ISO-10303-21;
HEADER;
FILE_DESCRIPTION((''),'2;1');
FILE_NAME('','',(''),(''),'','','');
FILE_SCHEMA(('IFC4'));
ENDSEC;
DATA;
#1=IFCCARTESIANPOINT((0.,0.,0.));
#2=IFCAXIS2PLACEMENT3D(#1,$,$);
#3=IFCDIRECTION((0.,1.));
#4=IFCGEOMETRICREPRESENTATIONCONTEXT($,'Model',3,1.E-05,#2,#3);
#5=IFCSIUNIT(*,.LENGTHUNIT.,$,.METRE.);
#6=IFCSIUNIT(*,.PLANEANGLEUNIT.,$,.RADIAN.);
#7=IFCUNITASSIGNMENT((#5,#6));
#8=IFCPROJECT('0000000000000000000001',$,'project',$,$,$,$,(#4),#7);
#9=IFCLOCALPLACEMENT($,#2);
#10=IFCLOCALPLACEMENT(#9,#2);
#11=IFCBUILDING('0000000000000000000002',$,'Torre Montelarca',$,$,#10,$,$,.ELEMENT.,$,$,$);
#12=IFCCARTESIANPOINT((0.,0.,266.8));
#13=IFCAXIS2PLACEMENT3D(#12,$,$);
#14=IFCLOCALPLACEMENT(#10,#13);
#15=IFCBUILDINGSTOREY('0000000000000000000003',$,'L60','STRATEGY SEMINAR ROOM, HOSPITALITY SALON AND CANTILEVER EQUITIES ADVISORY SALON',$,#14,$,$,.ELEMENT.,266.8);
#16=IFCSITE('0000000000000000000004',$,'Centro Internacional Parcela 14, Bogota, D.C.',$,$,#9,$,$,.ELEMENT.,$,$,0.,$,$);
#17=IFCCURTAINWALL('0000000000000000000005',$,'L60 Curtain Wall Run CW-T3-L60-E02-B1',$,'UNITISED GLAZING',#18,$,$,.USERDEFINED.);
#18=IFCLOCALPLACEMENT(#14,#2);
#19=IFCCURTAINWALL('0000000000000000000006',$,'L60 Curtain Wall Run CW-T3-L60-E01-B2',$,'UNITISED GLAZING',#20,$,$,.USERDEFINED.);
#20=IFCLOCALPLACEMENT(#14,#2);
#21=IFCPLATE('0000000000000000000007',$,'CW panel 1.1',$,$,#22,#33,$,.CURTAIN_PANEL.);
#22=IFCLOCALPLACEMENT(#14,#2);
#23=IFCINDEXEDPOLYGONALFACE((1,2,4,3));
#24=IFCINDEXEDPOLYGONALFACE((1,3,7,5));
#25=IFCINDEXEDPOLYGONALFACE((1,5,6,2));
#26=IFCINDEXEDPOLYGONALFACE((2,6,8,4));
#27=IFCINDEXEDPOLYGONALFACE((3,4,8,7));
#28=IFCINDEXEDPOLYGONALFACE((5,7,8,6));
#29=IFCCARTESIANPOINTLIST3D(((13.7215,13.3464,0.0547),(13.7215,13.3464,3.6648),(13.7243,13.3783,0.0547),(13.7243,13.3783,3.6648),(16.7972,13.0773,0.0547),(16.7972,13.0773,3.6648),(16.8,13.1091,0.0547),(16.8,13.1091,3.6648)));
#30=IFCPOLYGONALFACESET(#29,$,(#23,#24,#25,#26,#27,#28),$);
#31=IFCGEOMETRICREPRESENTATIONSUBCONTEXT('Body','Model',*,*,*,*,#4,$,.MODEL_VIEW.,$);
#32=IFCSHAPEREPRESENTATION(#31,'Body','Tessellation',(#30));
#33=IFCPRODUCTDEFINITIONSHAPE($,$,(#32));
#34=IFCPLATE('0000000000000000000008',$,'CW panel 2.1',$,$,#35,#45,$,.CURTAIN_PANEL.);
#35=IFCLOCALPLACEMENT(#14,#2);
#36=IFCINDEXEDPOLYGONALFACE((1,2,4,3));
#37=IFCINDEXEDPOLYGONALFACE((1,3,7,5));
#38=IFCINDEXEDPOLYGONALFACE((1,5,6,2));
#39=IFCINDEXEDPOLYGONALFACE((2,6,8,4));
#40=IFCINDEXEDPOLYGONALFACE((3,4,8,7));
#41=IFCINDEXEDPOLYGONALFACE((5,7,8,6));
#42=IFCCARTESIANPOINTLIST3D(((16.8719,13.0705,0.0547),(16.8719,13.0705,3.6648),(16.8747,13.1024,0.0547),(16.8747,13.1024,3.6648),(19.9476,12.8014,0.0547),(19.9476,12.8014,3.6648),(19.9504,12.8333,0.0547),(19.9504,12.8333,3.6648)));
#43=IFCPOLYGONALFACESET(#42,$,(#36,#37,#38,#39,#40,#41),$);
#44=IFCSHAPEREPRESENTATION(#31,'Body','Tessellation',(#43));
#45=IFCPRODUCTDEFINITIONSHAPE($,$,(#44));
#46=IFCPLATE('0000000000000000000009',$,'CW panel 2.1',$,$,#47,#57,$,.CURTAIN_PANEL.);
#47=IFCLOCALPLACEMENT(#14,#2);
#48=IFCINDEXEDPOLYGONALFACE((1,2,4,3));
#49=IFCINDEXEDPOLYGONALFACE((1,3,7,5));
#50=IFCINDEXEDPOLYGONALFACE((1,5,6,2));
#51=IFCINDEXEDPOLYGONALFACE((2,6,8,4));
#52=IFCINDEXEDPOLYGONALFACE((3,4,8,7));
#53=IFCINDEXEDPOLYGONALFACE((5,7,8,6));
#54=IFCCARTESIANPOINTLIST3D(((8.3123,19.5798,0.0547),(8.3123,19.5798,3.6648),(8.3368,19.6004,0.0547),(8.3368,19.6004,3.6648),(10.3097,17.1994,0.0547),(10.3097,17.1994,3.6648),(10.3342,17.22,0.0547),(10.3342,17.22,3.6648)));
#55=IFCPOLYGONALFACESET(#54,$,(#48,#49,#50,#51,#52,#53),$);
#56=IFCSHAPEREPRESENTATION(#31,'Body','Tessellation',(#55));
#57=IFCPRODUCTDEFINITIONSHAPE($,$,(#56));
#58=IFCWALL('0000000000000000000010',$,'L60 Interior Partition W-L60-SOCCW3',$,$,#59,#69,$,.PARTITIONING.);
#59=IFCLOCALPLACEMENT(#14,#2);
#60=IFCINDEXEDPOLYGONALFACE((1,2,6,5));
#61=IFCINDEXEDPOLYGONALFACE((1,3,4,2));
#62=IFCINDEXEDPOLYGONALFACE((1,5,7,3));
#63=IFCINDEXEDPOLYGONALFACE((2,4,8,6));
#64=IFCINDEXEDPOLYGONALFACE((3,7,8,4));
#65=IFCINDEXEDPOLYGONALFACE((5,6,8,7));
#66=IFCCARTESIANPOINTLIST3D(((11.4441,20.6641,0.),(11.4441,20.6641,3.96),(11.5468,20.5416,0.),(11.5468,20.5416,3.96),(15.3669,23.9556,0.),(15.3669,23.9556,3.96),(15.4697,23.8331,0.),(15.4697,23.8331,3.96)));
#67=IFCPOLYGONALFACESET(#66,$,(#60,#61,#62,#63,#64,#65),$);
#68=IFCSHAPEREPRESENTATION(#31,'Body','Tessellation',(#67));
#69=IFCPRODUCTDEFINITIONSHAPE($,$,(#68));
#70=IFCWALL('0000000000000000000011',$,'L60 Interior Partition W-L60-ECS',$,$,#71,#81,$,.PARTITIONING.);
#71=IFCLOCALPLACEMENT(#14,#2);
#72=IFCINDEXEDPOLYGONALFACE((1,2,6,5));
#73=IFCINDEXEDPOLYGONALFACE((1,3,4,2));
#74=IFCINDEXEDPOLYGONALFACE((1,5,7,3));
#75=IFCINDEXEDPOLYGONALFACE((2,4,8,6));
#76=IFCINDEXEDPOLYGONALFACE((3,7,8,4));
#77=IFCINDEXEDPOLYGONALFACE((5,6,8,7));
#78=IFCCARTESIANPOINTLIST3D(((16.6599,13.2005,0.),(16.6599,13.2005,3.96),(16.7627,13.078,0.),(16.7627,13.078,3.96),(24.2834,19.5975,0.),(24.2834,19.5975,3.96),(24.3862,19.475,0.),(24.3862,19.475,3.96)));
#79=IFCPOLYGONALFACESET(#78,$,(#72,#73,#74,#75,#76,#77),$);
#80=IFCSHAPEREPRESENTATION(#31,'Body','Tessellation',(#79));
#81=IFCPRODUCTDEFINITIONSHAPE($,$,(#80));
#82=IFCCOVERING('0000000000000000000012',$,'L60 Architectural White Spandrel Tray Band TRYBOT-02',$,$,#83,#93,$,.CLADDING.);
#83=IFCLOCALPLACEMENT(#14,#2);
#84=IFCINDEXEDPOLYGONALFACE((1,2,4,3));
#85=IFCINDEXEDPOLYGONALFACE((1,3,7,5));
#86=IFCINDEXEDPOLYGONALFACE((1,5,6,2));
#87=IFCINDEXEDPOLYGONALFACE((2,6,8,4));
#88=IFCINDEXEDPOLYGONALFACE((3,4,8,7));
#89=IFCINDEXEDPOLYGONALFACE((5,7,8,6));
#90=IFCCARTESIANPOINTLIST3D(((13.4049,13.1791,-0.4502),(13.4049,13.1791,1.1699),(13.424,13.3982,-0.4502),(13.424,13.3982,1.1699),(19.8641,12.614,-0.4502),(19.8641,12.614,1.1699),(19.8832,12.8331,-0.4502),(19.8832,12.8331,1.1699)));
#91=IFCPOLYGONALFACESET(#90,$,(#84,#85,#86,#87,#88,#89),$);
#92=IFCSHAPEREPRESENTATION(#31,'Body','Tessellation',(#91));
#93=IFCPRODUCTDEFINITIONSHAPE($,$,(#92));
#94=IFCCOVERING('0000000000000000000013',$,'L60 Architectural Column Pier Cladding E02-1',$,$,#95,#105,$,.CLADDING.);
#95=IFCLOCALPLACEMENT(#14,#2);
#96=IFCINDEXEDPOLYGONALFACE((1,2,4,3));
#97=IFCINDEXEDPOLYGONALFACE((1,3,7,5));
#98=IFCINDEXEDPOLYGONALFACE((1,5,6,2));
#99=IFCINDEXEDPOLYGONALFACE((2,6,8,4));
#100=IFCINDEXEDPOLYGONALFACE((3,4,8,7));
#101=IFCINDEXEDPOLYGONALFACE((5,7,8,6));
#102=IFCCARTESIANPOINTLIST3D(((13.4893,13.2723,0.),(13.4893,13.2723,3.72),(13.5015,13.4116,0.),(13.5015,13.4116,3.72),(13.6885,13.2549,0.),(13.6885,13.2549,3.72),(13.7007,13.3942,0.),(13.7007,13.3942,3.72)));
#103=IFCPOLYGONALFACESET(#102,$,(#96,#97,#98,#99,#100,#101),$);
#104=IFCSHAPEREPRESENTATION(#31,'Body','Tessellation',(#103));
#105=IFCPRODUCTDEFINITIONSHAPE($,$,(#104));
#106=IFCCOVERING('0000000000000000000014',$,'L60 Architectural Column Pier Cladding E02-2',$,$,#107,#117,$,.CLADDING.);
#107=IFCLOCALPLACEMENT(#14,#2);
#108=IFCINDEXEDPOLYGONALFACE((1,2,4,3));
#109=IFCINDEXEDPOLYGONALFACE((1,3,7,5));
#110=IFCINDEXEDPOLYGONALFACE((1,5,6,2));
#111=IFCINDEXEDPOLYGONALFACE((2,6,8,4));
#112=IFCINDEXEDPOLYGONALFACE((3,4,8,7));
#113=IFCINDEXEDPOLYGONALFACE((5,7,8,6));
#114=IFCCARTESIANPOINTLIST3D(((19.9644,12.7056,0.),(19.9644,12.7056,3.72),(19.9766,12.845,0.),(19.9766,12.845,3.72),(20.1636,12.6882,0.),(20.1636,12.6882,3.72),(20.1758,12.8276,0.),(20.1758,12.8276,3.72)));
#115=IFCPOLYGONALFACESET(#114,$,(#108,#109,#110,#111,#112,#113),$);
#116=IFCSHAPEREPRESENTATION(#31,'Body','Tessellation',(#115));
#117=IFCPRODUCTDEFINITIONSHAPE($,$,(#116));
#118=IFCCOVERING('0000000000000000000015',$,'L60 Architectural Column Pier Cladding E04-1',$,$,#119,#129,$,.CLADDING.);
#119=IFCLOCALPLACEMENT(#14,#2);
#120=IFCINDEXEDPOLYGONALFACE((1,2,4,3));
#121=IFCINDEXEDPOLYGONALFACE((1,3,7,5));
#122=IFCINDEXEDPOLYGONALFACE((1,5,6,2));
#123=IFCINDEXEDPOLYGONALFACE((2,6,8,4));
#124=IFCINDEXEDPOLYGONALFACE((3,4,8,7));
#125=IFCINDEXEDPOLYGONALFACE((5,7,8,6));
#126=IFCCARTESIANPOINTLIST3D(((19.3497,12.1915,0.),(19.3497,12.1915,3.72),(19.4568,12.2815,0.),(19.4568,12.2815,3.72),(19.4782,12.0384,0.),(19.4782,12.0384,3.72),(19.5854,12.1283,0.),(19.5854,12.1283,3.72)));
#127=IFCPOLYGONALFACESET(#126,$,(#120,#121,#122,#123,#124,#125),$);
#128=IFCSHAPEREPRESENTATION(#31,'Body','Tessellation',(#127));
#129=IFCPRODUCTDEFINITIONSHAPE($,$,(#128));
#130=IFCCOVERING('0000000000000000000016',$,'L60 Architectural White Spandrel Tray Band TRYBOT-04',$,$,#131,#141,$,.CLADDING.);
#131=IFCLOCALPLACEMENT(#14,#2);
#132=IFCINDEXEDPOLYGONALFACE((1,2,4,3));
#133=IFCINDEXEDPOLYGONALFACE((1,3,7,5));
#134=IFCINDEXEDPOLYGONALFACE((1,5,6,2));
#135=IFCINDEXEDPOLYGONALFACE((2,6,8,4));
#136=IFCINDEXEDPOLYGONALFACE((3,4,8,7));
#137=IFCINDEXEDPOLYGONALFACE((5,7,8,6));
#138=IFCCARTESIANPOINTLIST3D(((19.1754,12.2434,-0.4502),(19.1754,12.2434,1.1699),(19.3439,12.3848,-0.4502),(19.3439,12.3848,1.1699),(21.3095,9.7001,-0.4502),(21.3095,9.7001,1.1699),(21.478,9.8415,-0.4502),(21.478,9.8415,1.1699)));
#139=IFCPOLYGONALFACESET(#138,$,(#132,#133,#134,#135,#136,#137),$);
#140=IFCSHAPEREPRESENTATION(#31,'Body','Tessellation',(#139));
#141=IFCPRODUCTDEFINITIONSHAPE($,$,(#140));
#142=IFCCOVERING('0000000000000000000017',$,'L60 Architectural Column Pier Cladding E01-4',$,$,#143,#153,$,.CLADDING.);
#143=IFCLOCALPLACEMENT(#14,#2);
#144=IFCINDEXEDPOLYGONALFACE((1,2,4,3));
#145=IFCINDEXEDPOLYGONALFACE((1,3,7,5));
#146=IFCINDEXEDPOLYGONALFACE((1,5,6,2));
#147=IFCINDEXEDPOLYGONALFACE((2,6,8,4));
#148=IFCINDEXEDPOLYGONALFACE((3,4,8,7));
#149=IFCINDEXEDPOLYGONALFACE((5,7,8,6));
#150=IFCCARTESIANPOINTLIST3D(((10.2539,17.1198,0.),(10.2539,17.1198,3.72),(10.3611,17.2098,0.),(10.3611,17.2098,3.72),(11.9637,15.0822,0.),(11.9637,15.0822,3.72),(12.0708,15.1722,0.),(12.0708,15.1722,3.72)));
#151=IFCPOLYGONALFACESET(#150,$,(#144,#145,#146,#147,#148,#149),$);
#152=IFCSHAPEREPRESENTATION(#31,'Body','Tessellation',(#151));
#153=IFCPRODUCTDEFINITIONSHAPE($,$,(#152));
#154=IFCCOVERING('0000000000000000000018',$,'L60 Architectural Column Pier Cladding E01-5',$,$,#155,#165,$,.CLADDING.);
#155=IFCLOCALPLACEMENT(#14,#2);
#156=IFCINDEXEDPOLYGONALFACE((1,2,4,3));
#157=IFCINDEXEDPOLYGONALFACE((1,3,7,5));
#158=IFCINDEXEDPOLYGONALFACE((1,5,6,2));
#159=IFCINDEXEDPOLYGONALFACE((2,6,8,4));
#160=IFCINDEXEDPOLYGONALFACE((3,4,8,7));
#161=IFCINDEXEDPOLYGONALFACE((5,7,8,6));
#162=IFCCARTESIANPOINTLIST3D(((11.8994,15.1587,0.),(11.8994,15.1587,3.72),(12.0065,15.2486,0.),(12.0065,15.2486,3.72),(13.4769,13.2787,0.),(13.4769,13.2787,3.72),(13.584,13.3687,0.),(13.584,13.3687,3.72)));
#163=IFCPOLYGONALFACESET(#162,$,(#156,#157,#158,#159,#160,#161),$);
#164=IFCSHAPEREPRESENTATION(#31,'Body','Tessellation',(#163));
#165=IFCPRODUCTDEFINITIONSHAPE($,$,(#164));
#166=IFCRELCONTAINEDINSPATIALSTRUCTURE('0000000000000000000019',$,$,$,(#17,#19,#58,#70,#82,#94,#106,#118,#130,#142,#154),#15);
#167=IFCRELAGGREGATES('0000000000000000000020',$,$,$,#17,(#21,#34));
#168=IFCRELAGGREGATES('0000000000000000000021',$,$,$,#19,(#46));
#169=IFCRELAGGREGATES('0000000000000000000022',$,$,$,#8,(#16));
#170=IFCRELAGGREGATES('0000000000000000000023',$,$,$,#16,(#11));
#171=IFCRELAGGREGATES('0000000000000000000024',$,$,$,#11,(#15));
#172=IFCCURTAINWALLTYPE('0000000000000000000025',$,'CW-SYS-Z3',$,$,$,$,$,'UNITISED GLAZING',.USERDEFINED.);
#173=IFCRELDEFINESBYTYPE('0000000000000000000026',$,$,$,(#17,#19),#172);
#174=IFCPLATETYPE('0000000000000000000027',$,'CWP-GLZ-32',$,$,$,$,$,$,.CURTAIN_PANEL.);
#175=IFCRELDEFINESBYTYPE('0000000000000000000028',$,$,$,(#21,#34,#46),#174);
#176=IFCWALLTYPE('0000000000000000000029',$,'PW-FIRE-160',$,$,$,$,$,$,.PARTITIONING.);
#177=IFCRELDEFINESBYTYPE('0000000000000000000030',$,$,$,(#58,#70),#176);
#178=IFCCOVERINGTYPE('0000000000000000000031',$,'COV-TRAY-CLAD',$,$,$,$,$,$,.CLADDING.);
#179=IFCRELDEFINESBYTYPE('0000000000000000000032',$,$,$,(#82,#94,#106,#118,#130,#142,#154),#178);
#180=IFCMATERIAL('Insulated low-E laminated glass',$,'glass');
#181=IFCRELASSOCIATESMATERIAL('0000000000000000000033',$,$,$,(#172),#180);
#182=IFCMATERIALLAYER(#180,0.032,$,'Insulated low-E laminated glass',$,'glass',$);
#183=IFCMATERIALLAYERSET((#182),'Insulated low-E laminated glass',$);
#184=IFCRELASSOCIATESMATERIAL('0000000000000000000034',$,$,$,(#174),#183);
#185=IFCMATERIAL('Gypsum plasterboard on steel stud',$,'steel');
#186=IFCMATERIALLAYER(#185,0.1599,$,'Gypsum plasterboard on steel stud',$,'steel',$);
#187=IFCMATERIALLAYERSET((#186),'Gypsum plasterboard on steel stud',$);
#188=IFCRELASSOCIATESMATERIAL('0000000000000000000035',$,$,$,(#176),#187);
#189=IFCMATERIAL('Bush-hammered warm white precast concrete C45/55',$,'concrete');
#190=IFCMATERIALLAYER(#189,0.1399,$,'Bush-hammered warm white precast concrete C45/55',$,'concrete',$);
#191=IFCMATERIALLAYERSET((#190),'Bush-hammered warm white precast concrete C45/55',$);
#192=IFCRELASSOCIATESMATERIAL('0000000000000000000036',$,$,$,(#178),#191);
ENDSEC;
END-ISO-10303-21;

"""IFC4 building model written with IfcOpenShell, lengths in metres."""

from ifc_helpers import new_model, si_unit, direction, frame, frame_2d, origin, origin_2d, place, context, subcontext, project, spatial, rectangle, extrude, source, transform, mapped, material, layer, layer_set, type_object, element, aggregate, save


model = new_model("IFC4")

# Units and contexts
model_context = context("Model", 3, precision=1e-05, world=origin(), true_north=direction((0.0, 1.0)))
body_context = subcontext(model_context, "Body", "Model", "MODEL_VIEW")
ifc_project = project(units=[si_unit("LENGTHUNIT", "METRE"), si_unit("PLANEANGLEUNIT", "RADIAN")], contexts=[model_context])

# Site, building, storey
site_placement = place(None, origin())
site = spatial("IfcSite", under=ifc_project, at=site_placement, Name="Centro Internacional Parcela 14, Bogota, D.C.", CompositionType="ELEMENT", RefElevation=0.0)
building_placement = place(site_placement, origin())
building = spatial("IfcBuilding", under=site, at=building_placement, Name="Torre Montelarca", CompositionType="ELEMENT")
storey_placement = place(building_placement, frame((0.0, 0.0, 266.8)))
storey = spatial("IfcBuildingStorey", under=building, at=storey_placement, Name="L60", Description="STRATEGY SEMINAR ROOM, HOSPITALITY SALON AND CANTILEVER EQUITIES ADVISORY SALON", CompositionType="ELEMENT", Elevation=266.8)

# Curtain walls
ifc_material_1 = material(Name="Insulated low-E laminated glass", Category="glass")
curtain_wall_type = type_object("IfcCurtainWallType", Name="CW-SYS-Z3", ElementType="UNITISED GLAZING", PredefinedType="USERDEFINED", material=ifc_material_1)
curtain_wall_1_placement = place(storey_placement, origin())
curtain_wall_1 = element("IfcCurtainWall", 1, at=curtain_wall_1_placement, inside=storey, type_object=curtain_wall_type, Name="L60 Curtain Wall Run CW-T3-L60-E02-B1", ObjectType="UNITISED GLAZING", PredefinedType="USERDEFINED")
curtain_wall_2_placement = place(storey_placement, origin())
curtain_wall_2 = element("IfcCurtainWall", 2, at=curtain_wall_2_placement, inside=storey, type_object=curtain_wall_type, Name="L60 Curtain Wall Run CW-T3-L60-E01-B2", ObjectType="UNITISED GLAZING", PredefinedType="USERDEFINED")

# Plates
ifc_layer_1 = layer(ifc_material_1, 0.032, Name="Insulated low-E laminated glass", Category="glass")
ifc_layer_set_1 = layer_set([ifc_layer_1], Name="Insulated low-E laminated glass")
plate_type = type_object("IfcPlateType", Name="CWP-GLZ-32", PredefinedType="CURTAIN_PANEL", material=ifc_layer_set_1)
shared_shape_1 = source(origin(), body_context, "Body", "SweptSolid", [
    extrude(rectangle(XDim=3.0874, YDim=0.032, at=origin_2d()), origin(), (0.0, 0.0, 1.0), 3.6101),
])
plate_1_placement = place(storey_placement, frame((15.2607, 13.2278, 0.0547), z_axis=(0.0, 0.0, 1.0), x_axis=(0.996193, -0.087174, 0.0)))
plate_1 = element("IfcPlate", 3, at=plate_1_placement, type_object=plate_type, Name="CW panel 1.1", PredefinedType="CURTAIN_PANEL", context=body_context, shape_type="MappedRepresentation", body=[
    mapped(shared_shape_1, transform((0.0, 0.0, 0.0), scale=1.0)),
])
plate_2_placement = place(storey_placement, frame((18.4111, 12.9519, 0.0547), z_axis=(0.0, 0.0, 1.0), x_axis=(0.996193, -0.087174, 0.0)))
plate_2 = element("IfcPlate", 4, at=plate_2_placement, type_object=plate_type, Name="CW panel 2.1", PredefinedType="CURTAIN_PANEL", context=body_context, shape_type="MappedRepresentation", body=[
    mapped(shared_shape_1, transform((0.0, 0.0, 0.0), scale=1.0)),
])
aggregate(curtain_wall_1, [plate_1, plate_2])
shared_shape_2 = source(origin(), body_context, "Body", "SweptSolid", [
    extrude(rectangle(XDim=3.1074, YDim=0.032, at=origin_2d()), origin(), (0.0, 0.0, 1.0), 3.6101),
])
plate_3_placement = place(storey_placement, frame((9.3232, 18.3999, 0.0547), z_axis=(0.0, 0.0, 1.0), x_axis=(0.642794, -0.766039, 0.0)))
plate_3 = element("IfcPlate", 5, at=plate_3_placement, type_object=plate_type, Name="CW panel 2.1", PredefinedType="CURTAIN_PANEL", context=body_context, shape_type="MappedRepresentation", body=[
    mapped(shared_shape_2, transform((0.0, 0.0, 0.0), scale=1.0)),
])
aggregate(curtain_wall_2, [plate_3])

# Walls
ifc_material_2 = material(Name="Gypsum plasterboard on steel stud", Category="steel")
ifc_layer_2 = layer(ifc_material_2, 0.1599, Name="Gypsum plasterboard on steel stud", Category="steel")
ifc_layer_set_2 = layer_set([ifc_layer_2], Name="Gypsum plasterboard on steel stud")
wall_type = type_object("IfcWallType", Name="PW-FIRE-160", PredefinedType="PARTITIONING", material=ifc_layer_set_2)
wall_1_placement = place(storey_placement, frame((11.4954, 20.6028, 0.0), z_axis=(0.0, 0.0, 1.0), x_axis=(0.76606, 0.642769, 0.0)))
element("IfcWall", 6, at=wall_1_placement, inside=storey, type_object=wall_type, Name="L60 Interior Partition W-L60-SOCCW3", PredefinedType="PARTITIONING", context=body_context, shape_type="SweptSolid", body=[
    extrude(rectangle(XDim=5.1208, YDim=0.1599, at=frame_2d((2.5605, 0.0))), origin(), (0.0, 0.0, 1.0), 3.96),
])
wall_2_placement = place(storey_placement, frame((16.7112, 13.1392, 0.0), z_axis=(0.0, 0.0, 1.0), x_axis=(0.766041, 0.642792, 0.0)))
element("IfcWall", 7, at=wall_2_placement, inside=storey, type_object=wall_type, Name="L60 Interior Partition W-L60-ECS", PredefinedType="PARTITIONING", context=body_context, shape_type="SweptSolid", body=[
    extrude(rectangle(XDim=9.9519, YDim=0.1599, at=frame_2d((4.9761, 0.0))), origin(), (0.0, 0.0, 1.0), 3.96),
])

# Coverings
ifc_material_3 = material(Name="Bush-hammered warm white precast concrete C45/55", Category="concrete")
ifc_layer_3 = layer(ifc_material_3, 0.1399, Name="Bush-hammered warm white precast concrete C45/55", Category="concrete")
ifc_layer_set_3 = layer_set([ifc_layer_3], Name="Bush-hammered warm white precast concrete C45/55")
covering_type = type_object("IfcCoveringType", Name="COV-TRAY-CLAD", PredefinedType="CLADDING", material=ifc_layer_set_3)
shared_shape_3 = source(origin(), body_context, "Body", "SweptSolid", [
    extrude(rectangle(XDim=6.4839, YDim=0.22, at=origin_2d()), origin(), (0.0, 0.0, 1.0), 1.6201),
])
covering_1_placement = place(storey_placement, frame((16.644, 13.0061, -0.4502), z_axis=(0.0, 0.0, 1.0), x_axis=(0.996194, -0.087163, 0.0)))
element("IfcCovering", 8, at=covering_1_placement, inside=storey, type_object=covering_type, Name="L60 Architectural White Spandrel Tray Band TRYBOT-02", PredefinedType="CLADDING", context=body_context, shape_type="MappedRepresentation", body=[
    mapped(shared_shape_3, transform((0.0, 0.0, 0.0), scale=1.0)),
])
shared_shape_4 = source(origin(), body_context, "Body", "SweptSolid", [
    extrude(rectangle(XDim=0.2, YDim=0.1399, at=origin_2d()), origin(), (0.0, 0.0, 1.0), 3.72),
])
for number, where, z_axis, x_axis, name in (
    (9, (13.595, 13.3333, 0.0), (0.0, 0.0, 1.0), (0.996193, -0.08717, 0.0), "L60 Architectural Column Pier Cladding E02-1"),
    (10, (20.0701, 12.7666, 0.0), (0.0, 0.0, 1.0), (0.996193, -0.08717, 0.0), "L60 Architectural Column Pier Cladding E02-2"),
    (11, (19.4675, 12.1599, 0.0), (0.0, 0.0, 1.0), (0.642808, -0.766028, 0.0), "L60 Architectural Column Pier Cladding E04-1"),
):
    element("IfcCovering", number, at=place(storey_placement, frame(where, z_axis=z_axis, x_axis=x_axis)), inside=storey, type_object=covering_type, Name=name, PredefinedType="CLADDING", context=body_context, shape_type="MappedRepresentation", body=[
        mapped(shared_shape_4, transform((0.0, 0.0, 0.0), scale=1.0)),
    ])
shared_shape_5 = source(origin(), body_context, "Body", "SweptSolid", [
    extrude(rectangle(XDim=3.3201, YDim=0.22, at=origin_2d()), origin(), (0.0, 0.0, 1.0), 1.6201),
])
covering_2_placement = place(storey_placement, frame((20.3267, 11.0425, -0.4502), z_axis=(0.0, 0.0, 1.0), x_axis=(0.64279, -0.766042, 0.0)))
element("IfcCovering", 12, at=covering_2_placement, inside=storey, type_object=covering_type, Name="L60 Architectural White Spandrel Tray Band TRYBOT-04", PredefinedType="CLADDING", context=body_context, shape_type="MappedRepresentation", body=[
    mapped(shared_shape_5, transform((0.0, 0.0, 0.0), scale=1.0)),
])
shared_shape_6 = source(origin(), body_context, "Body", "SweptSolid", [
    extrude(rectangle(XDim=2.6599, YDim=0.1399, at=origin_2d()), origin(), (0.0, 0.0, 1.0), 3.72),
])
covering_3_placement = place(storey_placement, frame((11.1624, 16.146, 0.0), z_axis=(0.0, 0.0, 1.0), x_axis=(0.642789, -0.766043, 0.0)))
element("IfcCovering", 13, at=covering_3_placement, inside=storey, type_object=covering_type, Name="L60 Architectural Column Pier Cladding E01-4", PredefinedType="CLADDING", context=body_context, shape_type="MappedRepresentation", body=[
    mapped(shared_shape_6, transform((0.0, 0.0, 0.0), scale=1.0)),
])
shared_shape_7 = source(origin(), body_context, "Body", "SweptSolid", [
    extrude(rectangle(XDim=2.4541, YDim=0.1399, at=origin_2d()), origin(), (0.0, 0.0, 1.0), 3.72),
])
covering_4_placement = place(storey_placement, frame((12.7417, 14.2637, 0.0), z_axis=(0.0, 0.0, 1.0), x_axis=(0.642789, -0.766043, 0.0)))
element("IfcCovering", 14, at=covering_4_placement, inside=storey, type_object=covering_type, Name="L60 Architectural Column Pier Cladding E01-5", PredefinedType="CLADDING", context=body_context, shape_type="MappedRepresentation", body=[
    mapped(shared_shape_7, transform((0.0, 0.0, 0.0), scale=1.0)),
])

save(model, "model.ifc")
